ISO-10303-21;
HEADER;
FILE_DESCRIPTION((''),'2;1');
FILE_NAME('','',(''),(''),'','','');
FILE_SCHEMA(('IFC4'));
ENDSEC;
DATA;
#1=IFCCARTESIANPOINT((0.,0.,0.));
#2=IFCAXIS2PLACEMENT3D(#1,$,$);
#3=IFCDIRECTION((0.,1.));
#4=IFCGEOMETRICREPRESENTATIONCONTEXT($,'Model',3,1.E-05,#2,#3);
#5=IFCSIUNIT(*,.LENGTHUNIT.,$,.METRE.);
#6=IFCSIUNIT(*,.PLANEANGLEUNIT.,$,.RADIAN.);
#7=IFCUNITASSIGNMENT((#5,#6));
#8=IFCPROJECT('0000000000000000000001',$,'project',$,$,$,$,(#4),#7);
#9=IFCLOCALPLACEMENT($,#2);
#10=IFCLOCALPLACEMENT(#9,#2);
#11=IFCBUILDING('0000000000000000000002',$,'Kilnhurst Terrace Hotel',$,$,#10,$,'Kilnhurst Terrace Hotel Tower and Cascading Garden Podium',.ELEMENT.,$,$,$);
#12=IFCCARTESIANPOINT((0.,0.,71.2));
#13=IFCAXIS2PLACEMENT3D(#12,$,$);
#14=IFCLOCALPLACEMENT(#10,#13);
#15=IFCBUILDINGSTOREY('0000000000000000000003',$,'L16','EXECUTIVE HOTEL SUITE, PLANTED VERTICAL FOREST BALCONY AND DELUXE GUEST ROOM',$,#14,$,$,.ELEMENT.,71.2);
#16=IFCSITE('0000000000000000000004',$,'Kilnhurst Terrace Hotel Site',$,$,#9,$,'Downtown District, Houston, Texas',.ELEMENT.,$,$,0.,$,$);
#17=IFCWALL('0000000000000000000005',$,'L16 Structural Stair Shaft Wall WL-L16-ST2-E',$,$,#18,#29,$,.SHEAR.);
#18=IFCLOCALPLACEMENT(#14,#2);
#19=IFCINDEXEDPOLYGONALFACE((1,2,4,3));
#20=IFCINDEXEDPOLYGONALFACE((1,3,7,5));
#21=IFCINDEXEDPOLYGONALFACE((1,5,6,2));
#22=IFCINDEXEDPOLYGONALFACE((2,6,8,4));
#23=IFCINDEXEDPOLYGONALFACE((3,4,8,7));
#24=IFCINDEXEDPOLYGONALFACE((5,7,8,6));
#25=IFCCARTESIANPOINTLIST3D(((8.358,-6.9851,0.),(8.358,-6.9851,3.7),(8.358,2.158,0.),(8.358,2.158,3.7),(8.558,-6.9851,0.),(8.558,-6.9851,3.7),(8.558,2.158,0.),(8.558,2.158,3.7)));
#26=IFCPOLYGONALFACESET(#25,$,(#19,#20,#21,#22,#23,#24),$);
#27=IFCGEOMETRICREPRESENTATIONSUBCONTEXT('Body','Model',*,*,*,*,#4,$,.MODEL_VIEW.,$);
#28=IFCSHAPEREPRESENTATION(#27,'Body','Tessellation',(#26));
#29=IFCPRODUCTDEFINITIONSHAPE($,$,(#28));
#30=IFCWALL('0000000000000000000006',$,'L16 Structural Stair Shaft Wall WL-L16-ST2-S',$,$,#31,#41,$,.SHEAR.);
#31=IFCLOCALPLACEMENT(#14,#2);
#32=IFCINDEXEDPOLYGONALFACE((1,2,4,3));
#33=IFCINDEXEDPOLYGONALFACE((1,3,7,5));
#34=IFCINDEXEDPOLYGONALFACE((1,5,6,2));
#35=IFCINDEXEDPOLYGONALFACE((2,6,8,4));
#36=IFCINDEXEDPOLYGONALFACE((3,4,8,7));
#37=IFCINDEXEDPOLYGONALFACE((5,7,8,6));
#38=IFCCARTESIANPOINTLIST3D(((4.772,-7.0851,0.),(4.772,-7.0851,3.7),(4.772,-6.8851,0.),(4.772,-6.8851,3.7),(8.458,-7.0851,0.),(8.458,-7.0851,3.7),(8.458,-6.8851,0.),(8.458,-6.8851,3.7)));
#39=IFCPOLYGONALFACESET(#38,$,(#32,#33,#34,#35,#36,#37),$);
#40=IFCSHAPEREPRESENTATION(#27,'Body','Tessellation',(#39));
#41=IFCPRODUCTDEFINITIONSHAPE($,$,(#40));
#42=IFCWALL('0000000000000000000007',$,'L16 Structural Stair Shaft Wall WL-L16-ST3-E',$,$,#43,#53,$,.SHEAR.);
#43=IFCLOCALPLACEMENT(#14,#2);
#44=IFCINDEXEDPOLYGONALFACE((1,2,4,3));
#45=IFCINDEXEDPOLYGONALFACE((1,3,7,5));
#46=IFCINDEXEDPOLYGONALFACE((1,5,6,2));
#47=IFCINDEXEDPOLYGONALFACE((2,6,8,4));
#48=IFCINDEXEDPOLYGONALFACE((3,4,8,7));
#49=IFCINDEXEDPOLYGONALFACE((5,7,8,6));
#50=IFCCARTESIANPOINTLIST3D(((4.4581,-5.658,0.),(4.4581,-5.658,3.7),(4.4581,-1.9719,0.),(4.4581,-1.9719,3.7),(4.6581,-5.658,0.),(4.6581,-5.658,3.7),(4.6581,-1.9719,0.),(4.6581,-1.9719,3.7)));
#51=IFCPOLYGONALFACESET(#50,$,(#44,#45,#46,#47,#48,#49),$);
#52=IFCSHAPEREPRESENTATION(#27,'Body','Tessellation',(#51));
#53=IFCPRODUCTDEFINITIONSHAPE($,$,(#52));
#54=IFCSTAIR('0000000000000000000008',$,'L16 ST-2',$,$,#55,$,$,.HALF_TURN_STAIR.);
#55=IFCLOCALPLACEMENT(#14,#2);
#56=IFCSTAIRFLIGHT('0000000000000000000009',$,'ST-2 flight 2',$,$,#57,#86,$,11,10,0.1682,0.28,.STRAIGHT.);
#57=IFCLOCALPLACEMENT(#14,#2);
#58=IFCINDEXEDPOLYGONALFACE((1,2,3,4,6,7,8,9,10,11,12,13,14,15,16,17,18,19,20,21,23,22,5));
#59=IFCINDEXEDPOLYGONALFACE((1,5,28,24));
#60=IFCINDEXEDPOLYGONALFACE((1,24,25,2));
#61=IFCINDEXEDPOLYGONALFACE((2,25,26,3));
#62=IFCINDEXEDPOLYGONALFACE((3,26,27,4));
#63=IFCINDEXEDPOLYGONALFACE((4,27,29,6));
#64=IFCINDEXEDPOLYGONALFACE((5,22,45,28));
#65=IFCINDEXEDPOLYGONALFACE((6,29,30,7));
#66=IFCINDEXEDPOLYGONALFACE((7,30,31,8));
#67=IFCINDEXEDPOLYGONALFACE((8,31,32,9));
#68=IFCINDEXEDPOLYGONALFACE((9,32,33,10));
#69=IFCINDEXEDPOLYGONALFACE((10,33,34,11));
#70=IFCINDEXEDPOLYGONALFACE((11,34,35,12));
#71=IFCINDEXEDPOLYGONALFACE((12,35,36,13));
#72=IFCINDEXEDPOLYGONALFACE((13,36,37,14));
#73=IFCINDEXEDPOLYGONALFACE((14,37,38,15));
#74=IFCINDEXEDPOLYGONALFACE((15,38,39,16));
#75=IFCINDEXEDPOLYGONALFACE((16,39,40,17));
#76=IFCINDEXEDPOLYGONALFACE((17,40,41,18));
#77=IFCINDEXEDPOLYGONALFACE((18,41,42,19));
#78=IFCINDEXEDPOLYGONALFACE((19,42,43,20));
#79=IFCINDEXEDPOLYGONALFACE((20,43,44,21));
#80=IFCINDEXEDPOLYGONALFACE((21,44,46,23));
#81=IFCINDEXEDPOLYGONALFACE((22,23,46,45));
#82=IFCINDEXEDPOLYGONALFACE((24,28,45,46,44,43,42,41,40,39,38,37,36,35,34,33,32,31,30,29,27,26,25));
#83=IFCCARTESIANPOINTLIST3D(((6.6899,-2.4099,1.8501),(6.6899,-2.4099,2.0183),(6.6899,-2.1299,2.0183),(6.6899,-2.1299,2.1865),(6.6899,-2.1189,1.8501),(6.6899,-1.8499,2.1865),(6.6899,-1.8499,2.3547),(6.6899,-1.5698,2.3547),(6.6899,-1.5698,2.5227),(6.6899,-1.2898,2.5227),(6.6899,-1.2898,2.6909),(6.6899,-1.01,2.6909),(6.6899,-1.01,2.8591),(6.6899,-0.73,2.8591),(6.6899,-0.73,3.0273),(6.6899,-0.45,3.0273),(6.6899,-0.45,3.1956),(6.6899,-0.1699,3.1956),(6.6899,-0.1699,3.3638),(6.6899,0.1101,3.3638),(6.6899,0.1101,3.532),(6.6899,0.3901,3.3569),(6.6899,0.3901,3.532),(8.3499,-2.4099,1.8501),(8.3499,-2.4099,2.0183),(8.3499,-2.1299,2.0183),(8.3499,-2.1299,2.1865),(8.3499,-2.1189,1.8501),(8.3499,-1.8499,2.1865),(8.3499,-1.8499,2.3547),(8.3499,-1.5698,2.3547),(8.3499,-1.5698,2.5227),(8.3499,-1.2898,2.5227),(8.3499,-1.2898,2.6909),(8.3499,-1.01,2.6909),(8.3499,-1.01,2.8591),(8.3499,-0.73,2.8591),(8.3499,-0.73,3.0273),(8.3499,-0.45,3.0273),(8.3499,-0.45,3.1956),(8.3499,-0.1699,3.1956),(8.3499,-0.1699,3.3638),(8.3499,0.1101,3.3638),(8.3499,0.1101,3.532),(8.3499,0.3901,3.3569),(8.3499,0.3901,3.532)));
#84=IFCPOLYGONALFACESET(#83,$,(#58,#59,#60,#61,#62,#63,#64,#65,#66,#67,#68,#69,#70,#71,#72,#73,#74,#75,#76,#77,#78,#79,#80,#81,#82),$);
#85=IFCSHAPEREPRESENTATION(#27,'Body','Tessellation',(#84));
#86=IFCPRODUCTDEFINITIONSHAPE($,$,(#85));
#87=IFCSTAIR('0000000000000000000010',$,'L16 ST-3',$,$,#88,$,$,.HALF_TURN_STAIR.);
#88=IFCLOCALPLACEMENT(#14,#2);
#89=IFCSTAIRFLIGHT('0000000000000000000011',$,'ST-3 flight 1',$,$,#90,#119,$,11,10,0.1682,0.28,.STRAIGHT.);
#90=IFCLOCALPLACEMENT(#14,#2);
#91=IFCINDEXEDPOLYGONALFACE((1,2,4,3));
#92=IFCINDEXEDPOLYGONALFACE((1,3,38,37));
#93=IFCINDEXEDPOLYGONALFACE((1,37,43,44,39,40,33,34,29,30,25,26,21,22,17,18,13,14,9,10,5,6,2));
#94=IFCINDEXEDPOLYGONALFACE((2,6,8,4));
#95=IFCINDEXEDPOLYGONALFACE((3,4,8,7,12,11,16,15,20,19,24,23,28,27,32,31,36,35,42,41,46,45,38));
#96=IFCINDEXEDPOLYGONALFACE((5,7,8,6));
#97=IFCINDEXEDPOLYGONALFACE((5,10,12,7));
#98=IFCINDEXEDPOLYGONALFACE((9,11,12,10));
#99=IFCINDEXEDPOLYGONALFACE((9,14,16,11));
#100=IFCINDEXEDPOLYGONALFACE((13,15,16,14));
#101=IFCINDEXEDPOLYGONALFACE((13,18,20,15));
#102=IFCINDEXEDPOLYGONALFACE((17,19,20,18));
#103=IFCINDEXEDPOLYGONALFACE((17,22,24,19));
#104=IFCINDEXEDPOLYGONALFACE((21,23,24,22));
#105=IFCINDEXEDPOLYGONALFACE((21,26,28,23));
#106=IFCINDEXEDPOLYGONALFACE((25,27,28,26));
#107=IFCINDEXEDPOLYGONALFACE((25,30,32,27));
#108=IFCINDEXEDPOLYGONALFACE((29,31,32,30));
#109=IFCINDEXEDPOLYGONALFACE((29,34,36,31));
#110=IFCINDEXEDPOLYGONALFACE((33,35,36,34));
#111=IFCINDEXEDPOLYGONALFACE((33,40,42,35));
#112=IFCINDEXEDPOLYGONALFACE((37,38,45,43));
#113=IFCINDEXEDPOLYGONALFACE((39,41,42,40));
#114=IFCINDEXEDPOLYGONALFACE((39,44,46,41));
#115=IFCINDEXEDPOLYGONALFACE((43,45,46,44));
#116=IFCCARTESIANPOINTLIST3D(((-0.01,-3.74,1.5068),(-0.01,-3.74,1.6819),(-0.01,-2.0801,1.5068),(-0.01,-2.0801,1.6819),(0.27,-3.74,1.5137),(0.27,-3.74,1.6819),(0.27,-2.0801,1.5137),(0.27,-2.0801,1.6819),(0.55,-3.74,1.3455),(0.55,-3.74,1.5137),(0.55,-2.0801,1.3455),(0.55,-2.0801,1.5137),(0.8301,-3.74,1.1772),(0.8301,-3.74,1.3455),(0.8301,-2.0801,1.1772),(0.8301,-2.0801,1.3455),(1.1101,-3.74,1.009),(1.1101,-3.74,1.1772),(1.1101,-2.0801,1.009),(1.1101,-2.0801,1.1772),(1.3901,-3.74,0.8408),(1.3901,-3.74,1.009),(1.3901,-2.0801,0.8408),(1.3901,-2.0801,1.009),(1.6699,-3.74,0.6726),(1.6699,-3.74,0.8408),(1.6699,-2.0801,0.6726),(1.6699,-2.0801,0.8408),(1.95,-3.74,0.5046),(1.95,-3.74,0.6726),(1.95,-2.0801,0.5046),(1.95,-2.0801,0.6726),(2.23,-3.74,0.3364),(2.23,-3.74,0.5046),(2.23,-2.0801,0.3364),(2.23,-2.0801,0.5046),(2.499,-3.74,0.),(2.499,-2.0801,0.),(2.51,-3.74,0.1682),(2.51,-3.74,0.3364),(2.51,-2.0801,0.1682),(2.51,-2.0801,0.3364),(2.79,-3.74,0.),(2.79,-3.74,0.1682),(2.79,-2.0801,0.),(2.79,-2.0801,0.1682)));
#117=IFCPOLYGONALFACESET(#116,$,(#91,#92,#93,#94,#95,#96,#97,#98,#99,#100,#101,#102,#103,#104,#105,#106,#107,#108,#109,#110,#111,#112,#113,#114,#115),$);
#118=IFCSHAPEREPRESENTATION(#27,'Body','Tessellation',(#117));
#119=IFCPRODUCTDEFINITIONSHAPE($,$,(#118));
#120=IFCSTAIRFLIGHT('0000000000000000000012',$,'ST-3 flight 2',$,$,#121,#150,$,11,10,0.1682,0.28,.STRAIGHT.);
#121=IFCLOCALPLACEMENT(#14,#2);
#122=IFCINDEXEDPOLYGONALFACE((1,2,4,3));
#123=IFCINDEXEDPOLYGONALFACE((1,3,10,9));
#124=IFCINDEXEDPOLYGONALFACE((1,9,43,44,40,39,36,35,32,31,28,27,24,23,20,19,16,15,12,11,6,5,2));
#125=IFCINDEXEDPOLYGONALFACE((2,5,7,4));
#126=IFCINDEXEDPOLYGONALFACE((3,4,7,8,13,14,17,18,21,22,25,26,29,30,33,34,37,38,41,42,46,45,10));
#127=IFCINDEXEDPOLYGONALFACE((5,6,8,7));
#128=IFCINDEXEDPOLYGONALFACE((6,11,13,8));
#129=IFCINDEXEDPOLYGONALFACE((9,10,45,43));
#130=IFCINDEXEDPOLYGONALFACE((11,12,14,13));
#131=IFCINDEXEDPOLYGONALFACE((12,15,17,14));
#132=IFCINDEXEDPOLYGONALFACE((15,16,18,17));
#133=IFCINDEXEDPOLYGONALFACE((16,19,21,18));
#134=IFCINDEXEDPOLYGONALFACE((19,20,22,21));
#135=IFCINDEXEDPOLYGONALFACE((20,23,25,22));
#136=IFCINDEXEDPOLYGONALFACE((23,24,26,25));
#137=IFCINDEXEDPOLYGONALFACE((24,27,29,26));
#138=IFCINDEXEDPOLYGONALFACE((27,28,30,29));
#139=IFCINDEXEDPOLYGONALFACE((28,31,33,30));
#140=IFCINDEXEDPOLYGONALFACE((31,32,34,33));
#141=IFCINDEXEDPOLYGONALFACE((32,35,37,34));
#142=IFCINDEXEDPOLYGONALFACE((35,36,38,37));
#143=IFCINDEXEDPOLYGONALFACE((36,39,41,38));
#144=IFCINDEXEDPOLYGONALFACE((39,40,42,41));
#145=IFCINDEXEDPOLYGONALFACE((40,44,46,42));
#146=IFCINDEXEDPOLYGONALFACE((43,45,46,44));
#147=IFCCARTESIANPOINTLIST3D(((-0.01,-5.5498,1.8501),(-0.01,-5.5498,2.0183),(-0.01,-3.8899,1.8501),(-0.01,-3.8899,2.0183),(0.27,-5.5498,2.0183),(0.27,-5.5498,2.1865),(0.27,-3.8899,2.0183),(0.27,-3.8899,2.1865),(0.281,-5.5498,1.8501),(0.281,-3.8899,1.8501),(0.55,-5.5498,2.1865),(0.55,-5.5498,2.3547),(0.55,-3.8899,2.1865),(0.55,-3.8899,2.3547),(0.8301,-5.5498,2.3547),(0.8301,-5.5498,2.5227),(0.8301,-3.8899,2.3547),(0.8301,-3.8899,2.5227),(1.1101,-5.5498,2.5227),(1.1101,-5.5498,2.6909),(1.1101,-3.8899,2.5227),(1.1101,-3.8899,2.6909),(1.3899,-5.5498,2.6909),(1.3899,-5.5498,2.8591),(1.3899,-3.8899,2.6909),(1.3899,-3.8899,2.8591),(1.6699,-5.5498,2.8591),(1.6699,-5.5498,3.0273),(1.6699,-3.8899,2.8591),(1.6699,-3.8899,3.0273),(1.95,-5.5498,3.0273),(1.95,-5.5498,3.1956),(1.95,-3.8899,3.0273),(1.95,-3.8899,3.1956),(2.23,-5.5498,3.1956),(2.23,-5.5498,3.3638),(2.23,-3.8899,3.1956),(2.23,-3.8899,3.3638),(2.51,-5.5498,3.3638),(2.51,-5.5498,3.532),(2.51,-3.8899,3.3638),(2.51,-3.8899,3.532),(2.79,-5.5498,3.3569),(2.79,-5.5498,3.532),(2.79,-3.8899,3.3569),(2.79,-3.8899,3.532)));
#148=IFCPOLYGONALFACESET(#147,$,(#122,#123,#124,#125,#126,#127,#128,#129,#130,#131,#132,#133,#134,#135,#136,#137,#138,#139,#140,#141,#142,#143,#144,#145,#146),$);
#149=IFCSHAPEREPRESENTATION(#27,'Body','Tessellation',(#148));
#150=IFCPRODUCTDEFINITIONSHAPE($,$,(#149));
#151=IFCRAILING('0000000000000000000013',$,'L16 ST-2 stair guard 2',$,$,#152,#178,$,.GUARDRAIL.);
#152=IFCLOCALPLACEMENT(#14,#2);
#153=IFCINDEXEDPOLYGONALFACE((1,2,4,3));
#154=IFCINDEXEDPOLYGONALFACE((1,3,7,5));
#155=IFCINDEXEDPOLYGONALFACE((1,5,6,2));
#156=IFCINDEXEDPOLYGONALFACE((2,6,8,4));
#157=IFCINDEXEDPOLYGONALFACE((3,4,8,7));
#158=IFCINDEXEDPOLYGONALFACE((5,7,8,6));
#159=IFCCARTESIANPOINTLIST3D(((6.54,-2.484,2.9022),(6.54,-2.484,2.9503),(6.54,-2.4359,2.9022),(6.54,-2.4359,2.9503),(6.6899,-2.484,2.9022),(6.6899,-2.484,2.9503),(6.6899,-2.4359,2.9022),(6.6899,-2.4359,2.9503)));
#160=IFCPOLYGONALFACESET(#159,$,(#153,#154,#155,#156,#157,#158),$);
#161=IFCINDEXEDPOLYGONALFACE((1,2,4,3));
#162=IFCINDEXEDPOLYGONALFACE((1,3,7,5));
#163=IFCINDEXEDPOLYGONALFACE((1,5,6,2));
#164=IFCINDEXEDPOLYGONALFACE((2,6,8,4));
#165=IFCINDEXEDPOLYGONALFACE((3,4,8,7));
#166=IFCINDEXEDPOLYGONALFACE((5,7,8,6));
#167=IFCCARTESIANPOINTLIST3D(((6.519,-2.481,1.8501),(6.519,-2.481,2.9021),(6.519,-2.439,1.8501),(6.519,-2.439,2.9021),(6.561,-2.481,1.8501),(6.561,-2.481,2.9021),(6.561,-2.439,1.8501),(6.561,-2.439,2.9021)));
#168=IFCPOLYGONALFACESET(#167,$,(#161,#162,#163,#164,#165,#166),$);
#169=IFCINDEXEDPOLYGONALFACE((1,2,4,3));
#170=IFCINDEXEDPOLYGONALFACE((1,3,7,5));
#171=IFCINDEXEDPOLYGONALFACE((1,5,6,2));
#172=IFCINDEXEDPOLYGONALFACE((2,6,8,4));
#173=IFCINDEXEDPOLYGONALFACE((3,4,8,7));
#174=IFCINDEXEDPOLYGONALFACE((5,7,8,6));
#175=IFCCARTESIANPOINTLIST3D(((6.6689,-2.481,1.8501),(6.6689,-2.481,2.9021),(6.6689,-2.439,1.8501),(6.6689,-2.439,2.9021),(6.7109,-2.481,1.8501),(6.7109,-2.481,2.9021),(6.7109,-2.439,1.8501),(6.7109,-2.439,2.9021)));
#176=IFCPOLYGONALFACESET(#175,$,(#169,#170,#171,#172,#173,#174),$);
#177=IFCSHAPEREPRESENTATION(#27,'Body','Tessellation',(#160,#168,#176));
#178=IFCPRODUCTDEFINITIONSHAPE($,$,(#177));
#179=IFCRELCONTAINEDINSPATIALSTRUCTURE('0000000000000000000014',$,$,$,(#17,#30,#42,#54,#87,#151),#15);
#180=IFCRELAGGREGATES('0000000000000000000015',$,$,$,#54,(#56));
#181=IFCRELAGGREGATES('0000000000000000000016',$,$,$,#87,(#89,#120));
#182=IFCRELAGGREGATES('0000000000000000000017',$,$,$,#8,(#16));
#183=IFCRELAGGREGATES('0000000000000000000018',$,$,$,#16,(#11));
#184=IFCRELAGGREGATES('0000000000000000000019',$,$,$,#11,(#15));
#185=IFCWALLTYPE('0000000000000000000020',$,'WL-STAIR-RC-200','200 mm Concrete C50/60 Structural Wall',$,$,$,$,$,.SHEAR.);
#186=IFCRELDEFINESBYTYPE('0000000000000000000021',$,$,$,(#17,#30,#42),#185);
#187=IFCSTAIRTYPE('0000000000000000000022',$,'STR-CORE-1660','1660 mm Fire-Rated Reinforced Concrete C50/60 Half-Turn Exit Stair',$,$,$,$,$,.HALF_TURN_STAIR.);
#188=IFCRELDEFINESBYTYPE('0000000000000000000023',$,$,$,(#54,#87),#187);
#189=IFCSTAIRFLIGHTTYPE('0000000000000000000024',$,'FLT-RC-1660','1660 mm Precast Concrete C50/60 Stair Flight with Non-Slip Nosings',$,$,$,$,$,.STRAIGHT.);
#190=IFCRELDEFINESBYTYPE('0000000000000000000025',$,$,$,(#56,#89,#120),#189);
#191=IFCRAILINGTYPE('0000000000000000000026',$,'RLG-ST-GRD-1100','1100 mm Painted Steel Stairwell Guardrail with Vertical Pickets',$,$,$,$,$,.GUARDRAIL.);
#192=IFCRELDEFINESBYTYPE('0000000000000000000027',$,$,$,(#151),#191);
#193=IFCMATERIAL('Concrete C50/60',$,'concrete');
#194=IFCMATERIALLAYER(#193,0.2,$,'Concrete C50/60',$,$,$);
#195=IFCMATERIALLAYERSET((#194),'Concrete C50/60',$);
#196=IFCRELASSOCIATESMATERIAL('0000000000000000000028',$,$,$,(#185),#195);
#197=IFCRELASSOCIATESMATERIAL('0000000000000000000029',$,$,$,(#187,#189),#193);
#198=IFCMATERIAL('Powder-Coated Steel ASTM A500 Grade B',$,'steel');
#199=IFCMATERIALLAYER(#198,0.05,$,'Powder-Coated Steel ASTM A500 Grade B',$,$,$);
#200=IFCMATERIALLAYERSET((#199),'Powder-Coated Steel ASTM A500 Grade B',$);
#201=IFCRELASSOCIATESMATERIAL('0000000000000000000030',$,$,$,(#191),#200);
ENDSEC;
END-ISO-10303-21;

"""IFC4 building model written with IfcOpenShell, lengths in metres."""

from ifc_helpers import new_model, si_unit, direction, frame, frame_2d, origin, origin_2d, place, context, subcontext, project, spatial, polyline, rectangle, outline, extrude, material, layer, layer_set, type_object, element, aggregate, save


model = new_model("IFC4")

# Units and contexts
model_context = context("Model", 3, precision=1e-05, world=origin(), true_north=direction((0.0, 1.0)))
body_context = subcontext(model_context, "Body", "Model", "MODEL_VIEW")
ifc_project = project(units=[si_unit("LENGTHUNIT", "METRE"), si_unit("PLANEANGLEUNIT", "RADIAN")], contexts=[model_context])

# Site, building, storey
site_placement = place(None, origin())
site = spatial("IfcSite", under=ifc_project, at=site_placement, Name="Kilnhurst Terrace Hotel Site", LongName="Downtown District, Houston, Texas", CompositionType="ELEMENT", RefElevation=0.0)
building_placement = place(site_placement, origin())
building = spatial("IfcBuilding", under=site, at=building_placement, Name="Kilnhurst Terrace Hotel", LongName="Kilnhurst Terrace Hotel Tower and Cascading Garden Podium", CompositionType="ELEMENT")
storey_placement = place(building_placement, frame((0.0, 0.0, 71.2)))
storey = spatial("IfcBuildingStorey", under=building, at=storey_placement, Name="L16", Description="EXECUTIVE HOTEL SUITE, PLANTED VERTICAL FOREST BALCONY AND DELUXE GUEST ROOM", CompositionType="ELEMENT", Elevation=71.2)

# Shared definitions
ifc_material_1 = material(Name="Concrete C50/60", Category="concrete")

# Walls
ifc_layer_1 = layer(ifc_material_1, 0.2, Name="Concrete C50/60")
ifc_layer_set_1 = layer_set([ifc_layer_1], Name="Concrete C50/60")
wall_type_1 = type_object("IfcWallType", Name="WL-STAIR-RC-200", Description="200 mm Concrete C50/60 Structural Wall", PredefinedType="SHEAR", material=ifc_layer_set_1)
for number, where, z_axis, x_axis, name in (
    (1, (8.458, -6.9851, 0.0), (0.0, 0.0, 1.0), (0.0, 1.0, 0.0), "L16 Structural Stair Shaft Wall WL-L16-ST2-E"),
):
    element("IfcWall", number, at=place(storey_placement, frame(where, z_axis=z_axis, x_axis=x_axis)), inside=storey, type_object=wall_type_1, Name=name, PredefinedType="SHEAR", context=body_context, shape_type="SweptSolid", body=[
        extrude(rectangle(XDim=9.1431, YDim=0.2, at=frame_2d((4.5715, 0.0))), origin(), (0.0, 0.0, 1.0), 3.7),
    ])
for number, where, z_axis, x_axis, name in (
    (2, (4.772, -6.9851, 0.0), (0.0, 0.0, 1.0), (1.0, 0.0, 0.0), "L16 Structural Stair Shaft Wall WL-L16-ST2-S"),
    (3, (4.5581, -5.658, 0.0), (0.0, 0.0, 1.0), (0.0, 1.0, 0.0), "L16 Structural Stair Shaft Wall WL-L16-ST3-E"),
):
    element("IfcWall", number, at=place(storey_placement, frame(where, z_axis=z_axis, x_axis=x_axis)), inside=storey, type_object=wall_type_1, Name=name, PredefinedType="SHEAR", context=body_context, shape_type="SweptSolid", body=[
        extrude(rectangle(XDim=3.686, YDim=0.2, at=frame_2d((1.843, 0.0))), origin(), (0.0, 0.0, 1.0), 3.7),
    ])

# Stair, stair flight
stair_type = type_object("IfcStairType", Name="STR-CORE-1660", Description="1660 mm Fire-Rated Reinforced Concrete C50/60 Half-Turn Exit Stair", PredefinedType="HALF_TURN_STAIR", material=ifc_material_1)
stair_1_placement = place(storey_placement, origin())
stair_1 = element("IfcStair", 4, at=stair_1_placement, inside=storey, type_object=stair_type, Name="L16 ST-2", PredefinedType="HALF_TURN_STAIR")
stair_flight_type = type_object("IfcStairFlightType", Name="FLT-RC-1660", Description="1660 mm Precast Concrete C50/60 Stair Flight with Non-Slip Nosings", PredefinedType="STRAIGHT", material=ifc_material_1)
stair_flight_1_placement = place(storey_placement, frame((7.52, -2.4099, 1.8501), z_axis=(0.0, 0.0, 1.0), x_axis=(0.0, 1.0, 0.0)))
stair_flight_1 = element("IfcStairFlight", 5, at=stair_flight_1_placement, type_object=stair_flight_type, Name="ST-2 flight 2", NumberOfRisers=11, NumberOfTreads=10, PredefinedType="STRAIGHT", RiserHeight=0.1682, TreadLength=0.28, context=body_context, shape_type="SweptSolid", body=[
    extrude(outline(polyline([(0.0, 0.0), (0.0, 0.1682), (0.28, 0.1682), (0.28, 0.3364), (0.5601, 0.3364), (0.5601, 0.5046), (0.8401, 0.5046), (0.8401, 0.6726), (1.1201, 0.6726), (1.1201, 0.8408), (1.3999, 0.8408), (1.3999, 1.009), (1.6799, 1.009), (1.6799, 1.1772), (1.96, 1.1772), (1.96, 1.3455), (2.24, 1.3455), (2.24, 1.5137), (2.52, 1.5137), (2.52, 1.6819), (2.8, 1.6819), (2.8, 1.8501), (2.8, 1.5068), (0.291, 0.0), (0.0, 0.0)])), frame((0.0, 0.8301, 0.0), z_axis=(0.0, -1.0, 0.0), x_axis=(1.0, 0.0, 0.0)), (0.0, 0.0, 1.0), 1.6599),
])
aggregate(stair_1, [stair_flight_1])

# Stair, stair flights
stair_2_placement = place(storey_placement, origin())
stair_2 = element("IfcStair", 6, at=stair_2_placement, inside=storey, type_object=stair_type, Name="L16 ST-3", PredefinedType="HALF_TURN_STAIR")
stair_flight_2_placement = place(storey_placement, frame((2.79, -2.9099, 0.0), z_axis=(0.0, 0.0, 1.0), x_axis=(-1.0, 0.0, 0.0)))
stair_flight_2 = element("IfcStairFlight", 7, at=stair_flight_2_placement, type_object=stair_flight_type, Name="ST-3 flight 1", NumberOfRisers=11, NumberOfTreads=10, PredefinedType="STRAIGHT", RiserHeight=0.1682, TreadLength=0.28, context=body_context, shape_type="SweptSolid", body=[
    extrude(outline(polyline([(0.0, 0.0), (0.0, 0.1682), (0.28, 0.1682), (0.28, 0.3364), (0.5601, 0.3364), (0.5601, 0.5046), (0.8401, 0.5046), (0.8401, 0.6726), (1.1201, 0.6726), (1.1201, 0.8408), (1.3999, 0.8408), (1.3999, 1.009), (1.6799, 1.009), (1.6799, 1.1772), (1.96, 1.1772), (1.96, 1.3455), (2.24, 1.3455), (2.24, 1.5137), (2.52, 1.5137), (2.52, 1.6819), (2.8, 1.6819), (2.8, 1.8501), (2.8, 1.5068), (0.291, 0.0), (0.0, 0.0)])), frame((0.0, 0.8301, 0.0), z_axis=(0.0, -1.0, 0.0), x_axis=(1.0, 0.0, 0.0)), (0.0, 0.0, 1.0), 1.6599),
])
stair_flight_3_placement = place(storey_placement, frame((-0.01, -4.72, 1.8501), z_axis=(0.0, 0.0, 1.0), x_axis=(1.0, 0.0, 0.0)))
stair_flight_3 = element("IfcStairFlight", 8, at=stair_flight_3_placement, type_object=stair_flight_type, Name="ST-3 flight 2", NumberOfRisers=11, NumberOfTreads=10, PredefinedType="STRAIGHT", RiserHeight=0.1682, TreadLength=0.28, context=body_context, shape_type="SweptSolid", body=[
    extrude(outline(polyline([(0.0, 0.0), (0.0, 0.1682), (0.28, 0.1682), (0.28, 0.3364), (0.5601, 0.3364), (0.5601, 0.5046), (0.8401, 0.5046), (0.8401, 0.6726), (1.1201, 0.6726), (1.1201, 0.8408), (1.3999, 0.8408), (1.3999, 1.009), (1.6799, 1.009), (1.6799, 1.1772), (1.96, 1.1772), (1.96, 1.3455), (2.24, 1.3455), (2.24, 1.5137), (2.52, 1.5137), (2.52, 1.6819), (2.8, 1.6819), (2.8, 1.8501), (2.8, 1.5068), (0.291, 0.0), (0.0, 0.0)])), frame((0.0, 0.8301, 0.0), z_axis=(0.0, -1.0, 0.0), x_axis=(1.0, 0.0, 0.0)), (0.0, 0.0, 1.0), 1.6599),
])
aggregate(stair_2, [stair_flight_2, stair_flight_3])

# Railing
ifc_material_2 = material(Name="Powder-Coated Steel ASTM A500 Grade B", Category="steel")
ifc_layer_2 = layer(ifc_material_2, 0.05, Name="Powder-Coated Steel ASTM A500 Grade B")
ifc_layer_set_2 = layer_set([ifc_layer_2], Name="Powder-Coated Steel ASTM A500 Grade B")
railing_type_1 = type_object("IfcRailingType", Name="RLG-ST-GRD-1100", Description="1100 mm Painted Steel Stairwell Guardrail with Vertical Pickets", PredefinedType="GUARDRAIL", material=ifc_layer_set_2)
railing_1_placement = place(storey_placement, frame((6.54, -2.46, 1.8501)))
element("IfcRailing", 9, at=railing_1_placement, inside=storey, type_object=railing_type_1, Name="L16 ST-2 stair guard 2", PredefinedType="GUARDRAIL", context=body_context, shape_type="SweptSolid", body=[
    extrude(rectangle(XDim=0.0481, YDim=0.0481, at=origin_2d()), frame((0.0, 0.0, 1.0762), z_axis=(1.0, 0.0, 0.0), x_axis=(0.0, 1.0, 0.0)), (0.0, 0.0, 1.0), 0.1499),
    extrude(rectangle(XDim=0.042, YDim=0.042, at=origin_2d()), origin(), (0.0, 0.0, 1.0), 1.052),
    extrude(rectangle(XDim=0.042, YDim=0.042, at=origin_2d()), frame((0.1499, 0.0, 0.0)), (0.0, 0.0, 1.0), 1.052),
])

save(model, "model.ifc")
